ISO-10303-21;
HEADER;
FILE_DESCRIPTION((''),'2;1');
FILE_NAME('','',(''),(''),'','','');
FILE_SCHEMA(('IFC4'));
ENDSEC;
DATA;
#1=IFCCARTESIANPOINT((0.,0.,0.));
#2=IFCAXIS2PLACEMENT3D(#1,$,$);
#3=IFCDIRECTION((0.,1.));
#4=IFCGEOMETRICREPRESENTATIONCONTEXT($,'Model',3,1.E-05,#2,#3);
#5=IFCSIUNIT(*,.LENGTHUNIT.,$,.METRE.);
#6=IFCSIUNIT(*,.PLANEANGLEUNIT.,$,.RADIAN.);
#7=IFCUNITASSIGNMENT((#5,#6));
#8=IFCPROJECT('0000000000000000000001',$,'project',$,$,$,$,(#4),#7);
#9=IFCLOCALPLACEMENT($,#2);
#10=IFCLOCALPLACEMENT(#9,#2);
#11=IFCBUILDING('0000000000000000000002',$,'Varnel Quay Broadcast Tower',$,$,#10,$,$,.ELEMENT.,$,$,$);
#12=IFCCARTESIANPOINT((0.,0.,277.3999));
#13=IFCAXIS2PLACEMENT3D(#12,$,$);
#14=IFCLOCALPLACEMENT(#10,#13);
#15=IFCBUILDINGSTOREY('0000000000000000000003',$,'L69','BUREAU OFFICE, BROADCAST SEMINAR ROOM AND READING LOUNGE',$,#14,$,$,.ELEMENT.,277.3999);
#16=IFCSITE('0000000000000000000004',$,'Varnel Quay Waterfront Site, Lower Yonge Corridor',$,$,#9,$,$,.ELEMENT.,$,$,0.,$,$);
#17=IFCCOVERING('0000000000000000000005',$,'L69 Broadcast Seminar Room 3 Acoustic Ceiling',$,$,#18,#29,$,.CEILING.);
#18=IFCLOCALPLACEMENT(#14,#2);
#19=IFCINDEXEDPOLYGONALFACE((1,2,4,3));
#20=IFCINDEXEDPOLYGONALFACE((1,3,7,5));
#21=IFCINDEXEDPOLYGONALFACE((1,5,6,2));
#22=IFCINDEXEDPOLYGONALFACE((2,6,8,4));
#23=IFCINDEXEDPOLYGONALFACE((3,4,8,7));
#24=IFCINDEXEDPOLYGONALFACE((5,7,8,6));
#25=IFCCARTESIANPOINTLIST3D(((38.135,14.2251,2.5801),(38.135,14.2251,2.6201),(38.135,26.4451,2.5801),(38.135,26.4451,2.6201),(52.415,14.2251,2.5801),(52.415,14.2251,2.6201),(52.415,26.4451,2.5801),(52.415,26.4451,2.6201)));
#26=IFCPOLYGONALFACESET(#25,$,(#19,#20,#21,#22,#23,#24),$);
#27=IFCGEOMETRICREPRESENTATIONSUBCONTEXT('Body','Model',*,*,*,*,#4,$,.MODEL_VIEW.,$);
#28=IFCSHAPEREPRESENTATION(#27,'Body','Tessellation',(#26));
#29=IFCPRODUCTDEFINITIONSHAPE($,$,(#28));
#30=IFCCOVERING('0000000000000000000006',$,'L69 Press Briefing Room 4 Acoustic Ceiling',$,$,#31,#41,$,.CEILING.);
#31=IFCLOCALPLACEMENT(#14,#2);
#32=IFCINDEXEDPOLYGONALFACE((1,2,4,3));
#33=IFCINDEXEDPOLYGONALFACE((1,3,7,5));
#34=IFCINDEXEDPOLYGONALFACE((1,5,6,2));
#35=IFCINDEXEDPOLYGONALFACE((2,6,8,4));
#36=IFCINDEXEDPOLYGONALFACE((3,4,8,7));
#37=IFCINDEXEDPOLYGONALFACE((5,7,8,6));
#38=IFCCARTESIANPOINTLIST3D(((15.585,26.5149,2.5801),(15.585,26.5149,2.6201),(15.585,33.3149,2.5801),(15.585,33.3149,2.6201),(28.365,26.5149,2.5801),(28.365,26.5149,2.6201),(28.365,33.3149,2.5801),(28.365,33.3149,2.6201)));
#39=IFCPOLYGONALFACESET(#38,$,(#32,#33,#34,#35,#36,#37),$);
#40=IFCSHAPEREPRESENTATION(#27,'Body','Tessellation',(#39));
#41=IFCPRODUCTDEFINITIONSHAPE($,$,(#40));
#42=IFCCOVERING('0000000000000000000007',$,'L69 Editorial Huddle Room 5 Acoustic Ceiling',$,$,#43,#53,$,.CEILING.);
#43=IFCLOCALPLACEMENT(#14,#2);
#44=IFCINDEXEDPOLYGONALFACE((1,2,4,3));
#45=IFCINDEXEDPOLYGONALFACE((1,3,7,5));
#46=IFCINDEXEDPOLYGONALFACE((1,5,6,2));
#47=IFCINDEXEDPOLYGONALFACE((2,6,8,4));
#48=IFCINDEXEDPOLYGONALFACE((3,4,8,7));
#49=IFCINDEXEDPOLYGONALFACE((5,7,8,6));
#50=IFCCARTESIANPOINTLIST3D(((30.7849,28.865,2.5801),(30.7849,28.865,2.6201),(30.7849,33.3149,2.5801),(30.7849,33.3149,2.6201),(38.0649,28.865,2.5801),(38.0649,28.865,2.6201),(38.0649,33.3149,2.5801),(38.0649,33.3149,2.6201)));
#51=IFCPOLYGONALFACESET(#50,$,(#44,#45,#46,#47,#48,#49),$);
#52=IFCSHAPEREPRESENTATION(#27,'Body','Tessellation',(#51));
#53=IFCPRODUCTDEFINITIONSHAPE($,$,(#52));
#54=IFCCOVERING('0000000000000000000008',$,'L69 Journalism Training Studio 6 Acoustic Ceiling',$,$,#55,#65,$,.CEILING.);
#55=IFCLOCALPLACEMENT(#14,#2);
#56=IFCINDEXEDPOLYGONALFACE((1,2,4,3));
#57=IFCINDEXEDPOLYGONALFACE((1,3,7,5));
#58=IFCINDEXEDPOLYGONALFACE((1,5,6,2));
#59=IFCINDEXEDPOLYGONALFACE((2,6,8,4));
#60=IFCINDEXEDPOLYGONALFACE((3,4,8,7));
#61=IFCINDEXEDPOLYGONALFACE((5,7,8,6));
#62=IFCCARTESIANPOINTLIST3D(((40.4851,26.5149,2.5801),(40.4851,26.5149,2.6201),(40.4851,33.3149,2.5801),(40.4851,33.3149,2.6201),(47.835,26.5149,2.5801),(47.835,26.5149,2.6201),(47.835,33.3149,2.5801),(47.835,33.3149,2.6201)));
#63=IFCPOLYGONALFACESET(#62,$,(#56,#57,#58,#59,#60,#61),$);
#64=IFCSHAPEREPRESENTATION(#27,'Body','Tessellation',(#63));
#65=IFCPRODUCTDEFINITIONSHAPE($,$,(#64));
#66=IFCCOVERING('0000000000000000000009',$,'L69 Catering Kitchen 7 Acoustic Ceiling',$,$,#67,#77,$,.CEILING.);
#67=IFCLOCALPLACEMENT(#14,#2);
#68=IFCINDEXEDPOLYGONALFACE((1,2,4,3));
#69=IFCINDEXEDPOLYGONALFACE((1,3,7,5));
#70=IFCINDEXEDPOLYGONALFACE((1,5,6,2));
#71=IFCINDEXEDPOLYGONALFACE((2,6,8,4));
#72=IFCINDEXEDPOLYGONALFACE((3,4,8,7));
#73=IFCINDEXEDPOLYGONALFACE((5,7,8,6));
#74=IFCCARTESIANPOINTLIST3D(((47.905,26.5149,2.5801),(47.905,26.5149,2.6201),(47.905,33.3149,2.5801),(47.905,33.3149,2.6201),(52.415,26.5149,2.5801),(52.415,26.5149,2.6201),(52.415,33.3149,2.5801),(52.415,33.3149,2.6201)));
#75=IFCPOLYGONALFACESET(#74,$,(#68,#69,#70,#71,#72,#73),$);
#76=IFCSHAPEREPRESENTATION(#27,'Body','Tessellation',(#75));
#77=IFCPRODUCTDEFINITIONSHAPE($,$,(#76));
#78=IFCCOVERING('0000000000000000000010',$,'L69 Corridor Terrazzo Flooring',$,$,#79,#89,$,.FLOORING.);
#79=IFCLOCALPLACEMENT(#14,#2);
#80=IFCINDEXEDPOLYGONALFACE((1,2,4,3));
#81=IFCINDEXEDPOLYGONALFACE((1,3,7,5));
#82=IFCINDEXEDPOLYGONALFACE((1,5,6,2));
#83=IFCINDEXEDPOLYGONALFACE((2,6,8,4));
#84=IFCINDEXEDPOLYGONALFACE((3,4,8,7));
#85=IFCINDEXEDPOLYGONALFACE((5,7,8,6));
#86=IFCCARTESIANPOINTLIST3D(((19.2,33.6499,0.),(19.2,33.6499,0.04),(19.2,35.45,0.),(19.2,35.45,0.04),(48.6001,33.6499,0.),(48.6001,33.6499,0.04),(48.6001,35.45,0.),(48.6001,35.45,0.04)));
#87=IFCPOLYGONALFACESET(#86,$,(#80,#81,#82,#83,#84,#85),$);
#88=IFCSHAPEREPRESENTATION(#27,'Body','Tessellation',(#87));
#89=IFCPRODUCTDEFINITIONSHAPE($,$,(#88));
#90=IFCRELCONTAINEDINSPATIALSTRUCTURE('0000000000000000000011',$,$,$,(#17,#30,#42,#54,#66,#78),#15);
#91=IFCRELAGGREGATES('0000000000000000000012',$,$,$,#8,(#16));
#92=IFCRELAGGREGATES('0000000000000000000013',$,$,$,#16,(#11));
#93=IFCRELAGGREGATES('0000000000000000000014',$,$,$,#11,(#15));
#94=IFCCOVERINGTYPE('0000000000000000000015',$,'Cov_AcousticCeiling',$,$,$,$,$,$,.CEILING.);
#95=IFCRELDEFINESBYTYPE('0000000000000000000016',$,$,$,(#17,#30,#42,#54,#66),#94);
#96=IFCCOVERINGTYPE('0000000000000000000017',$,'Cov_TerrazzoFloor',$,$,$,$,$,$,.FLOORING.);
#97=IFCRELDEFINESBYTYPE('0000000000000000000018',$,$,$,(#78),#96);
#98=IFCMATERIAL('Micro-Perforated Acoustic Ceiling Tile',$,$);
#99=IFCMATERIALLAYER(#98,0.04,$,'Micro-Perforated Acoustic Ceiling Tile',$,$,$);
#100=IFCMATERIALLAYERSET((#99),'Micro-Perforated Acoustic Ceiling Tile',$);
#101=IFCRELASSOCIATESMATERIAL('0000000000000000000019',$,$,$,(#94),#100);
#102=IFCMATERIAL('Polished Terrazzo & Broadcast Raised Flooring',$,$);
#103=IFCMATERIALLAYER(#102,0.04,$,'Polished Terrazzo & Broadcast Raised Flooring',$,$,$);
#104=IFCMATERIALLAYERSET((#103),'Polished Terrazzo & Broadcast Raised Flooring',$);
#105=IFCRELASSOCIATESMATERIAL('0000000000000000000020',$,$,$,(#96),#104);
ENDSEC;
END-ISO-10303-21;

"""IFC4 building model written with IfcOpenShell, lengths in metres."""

from ifc_helpers import new_model, si_unit, direction, frame, origin, place, context, subcontext, project, spatial, polyline, outline, extrude, material, layer, layer_set, type_object, element, save


model = new_model("IFC4")

# Units and contexts
model_context = context("Model", 3, precision=1e-05, world=origin(), true_north=direction((0.0, 1.0)))
body_context = subcontext(model_context, "Body", "Model", "MODEL_VIEW")
ifc_project = project(units=[si_unit("LENGTHUNIT", "METRE"), si_unit("PLANEANGLEUNIT", "RADIAN")], contexts=[model_context])

# Site, building, storey
site_placement = place(None, origin())
site = spatial("IfcSite", under=ifc_project, at=site_placement, Name="Varnel Quay Waterfront Site, Lower Yonge Corridor", CompositionType="ELEMENT", RefElevation=0.0)
building_placement = place(site_placement, origin())
building = spatial("IfcBuilding", under=site, at=building_placement, Name="Varnel Quay Broadcast Tower", CompositionType="ELEMENT")
storey_placement = place(building_placement, frame((0.0, 0.0, 277.3999)))
storey = spatial("IfcBuildingStorey", under=building, at=storey_placement, Name="L69", Description="BUREAU OFFICE, BROADCAST SEMINAR ROOM AND READING LOUNGE", CompositionType="ELEMENT", Elevation=277.3999)

# Coverings
ifc_material_1 = material(Name="Micro-Perforated Acoustic Ceiling Tile")
ifc_layer_1 = layer(ifc_material_1, 0.04, Name="Micro-Perforated Acoustic Ceiling Tile")
ifc_layer_set_1 = layer_set([ifc_layer_1], Name="Micro-Perforated Acoustic Ceiling Tile")
covering_type_1 = type_object("IfcCoveringType", Name="Cov_AcousticCeiling", PredefinedType="CEILING", material=ifc_layer_set_1)
covering_1_placement = place(storey_placement, frame((0.0, 0.0, 2.5801)))
element("IfcCovering", 1, at=covering_1_placement, inside=storey, type_object=covering_type_1, Name="L69 Broadcast Seminar Room 3 Acoustic Ceiling", PredefinedType="CEILING", context=body_context, shape_type="SweptSolid", body=[
    extrude(outline(polyline([(38.135, 14.2251), (52.415, 14.2251), (52.415, 26.4451), (38.135, 26.4451), (38.135, 14.2251)])), origin(), (0.0, 0.0, 1.0), 0.04),
])
covering_2_placement = place(storey_placement, frame((0.0, 0.0, 2.5801)))
element("IfcCovering", 2, at=covering_2_placement, inside=storey, type_object=covering_type_1, Name="L69 Press Briefing Room 4 Acoustic Ceiling", PredefinedType="CEILING", context=body_context, shape_type="SweptSolid", body=[
    extrude(outline(polyline([(15.585, 26.5149), (28.365, 26.5149), (28.365, 33.3149), (15.585, 33.3149), (15.585, 26.5149)])), origin(), (0.0, 0.0, 1.0), 0.04),
])
covering_3_placement = place(storey_placement, frame((0.0, 0.0, 2.5801)))
element("IfcCovering", 3, at=covering_3_placement, inside=storey, type_object=covering_type_1, Name="L69 Editorial Huddle Room 5 Acoustic Ceiling", PredefinedType="CEILING", context=body_context, shape_type="SweptSolid", body=[
    extrude(outline(polyline([(30.7849, 28.865), (38.0649, 28.865), (38.0649, 33.3149), (30.7849, 33.3149), (30.7849, 28.865)])), origin(), (0.0, 0.0, 1.0), 0.04),
])
covering_4_placement = place(storey_placement, frame((0.0, 0.0, 2.5801)))
element("IfcCovering", 4, at=covering_4_placement, inside=storey, type_object=covering_type_1, Name="L69 Journalism Training Studio 6 Acoustic Ceiling", PredefinedType="CEILING", context=body_context, shape_type="SweptSolid", body=[
    extrude(outline(polyline([(40.4851, 26.5149), (47.835, 26.5149), (47.835, 33.3149), (40.4851, 33.3149), (40.4851, 26.5149)])), origin(), (0.0, 0.0, 1.0), 0.04),
])
covering_5_placement = place(storey_placement, frame((0.0, 0.0, 2.5801)))
element("IfcCovering", 5, at=covering_5_placement, inside=storey, type_object=covering_type_1, Name="L69 Catering Kitchen 7 Acoustic Ceiling", PredefinedType="CEILING", context=body_context, shape_type="SweptSolid", body=[
    extrude(outline(polyline([(47.905, 26.5149), (52.415, 26.5149), (52.415, 33.3149), (47.905, 33.3149), (47.905, 26.5149)])), origin(), (0.0, 0.0, 1.0), 0.04),
])
ifc_material_2 = material(Name="Polished Terrazzo & Broadcast Raised Flooring")
ifc_layer_2 = layer(ifc_material_2, 0.04, Name="Polished Terrazzo & Broadcast Raised Flooring")
ifc_layer_set_2 = layer_set([ifc_layer_2], Name="Polished Terrazzo & Broadcast Raised Flooring")
covering_type_2 = type_object("IfcCoveringType", Name="Cov_TerrazzoFloor", PredefinedType="FLOORING", material=ifc_layer_set_2)
covering_6_placement = place(storey_placement, origin())
element("IfcCovering", 6, at=covering_6_placement, inside=storey, type_object=covering_type_2, Name="L69 Corridor Terrazzo Flooring", PredefinedType="FLOORING", context=body_context, shape_type="SweptSolid", body=[
    extrude(outline(polyline([(19.2, 33.6499), (48.6001, 33.6499), (48.6001, 35.45), (19.2, 35.45), (19.2, 33.6499)])), origin(), (0.0, 0.0, 1.0), 0.04),
])

save(model, "model.ifc")
